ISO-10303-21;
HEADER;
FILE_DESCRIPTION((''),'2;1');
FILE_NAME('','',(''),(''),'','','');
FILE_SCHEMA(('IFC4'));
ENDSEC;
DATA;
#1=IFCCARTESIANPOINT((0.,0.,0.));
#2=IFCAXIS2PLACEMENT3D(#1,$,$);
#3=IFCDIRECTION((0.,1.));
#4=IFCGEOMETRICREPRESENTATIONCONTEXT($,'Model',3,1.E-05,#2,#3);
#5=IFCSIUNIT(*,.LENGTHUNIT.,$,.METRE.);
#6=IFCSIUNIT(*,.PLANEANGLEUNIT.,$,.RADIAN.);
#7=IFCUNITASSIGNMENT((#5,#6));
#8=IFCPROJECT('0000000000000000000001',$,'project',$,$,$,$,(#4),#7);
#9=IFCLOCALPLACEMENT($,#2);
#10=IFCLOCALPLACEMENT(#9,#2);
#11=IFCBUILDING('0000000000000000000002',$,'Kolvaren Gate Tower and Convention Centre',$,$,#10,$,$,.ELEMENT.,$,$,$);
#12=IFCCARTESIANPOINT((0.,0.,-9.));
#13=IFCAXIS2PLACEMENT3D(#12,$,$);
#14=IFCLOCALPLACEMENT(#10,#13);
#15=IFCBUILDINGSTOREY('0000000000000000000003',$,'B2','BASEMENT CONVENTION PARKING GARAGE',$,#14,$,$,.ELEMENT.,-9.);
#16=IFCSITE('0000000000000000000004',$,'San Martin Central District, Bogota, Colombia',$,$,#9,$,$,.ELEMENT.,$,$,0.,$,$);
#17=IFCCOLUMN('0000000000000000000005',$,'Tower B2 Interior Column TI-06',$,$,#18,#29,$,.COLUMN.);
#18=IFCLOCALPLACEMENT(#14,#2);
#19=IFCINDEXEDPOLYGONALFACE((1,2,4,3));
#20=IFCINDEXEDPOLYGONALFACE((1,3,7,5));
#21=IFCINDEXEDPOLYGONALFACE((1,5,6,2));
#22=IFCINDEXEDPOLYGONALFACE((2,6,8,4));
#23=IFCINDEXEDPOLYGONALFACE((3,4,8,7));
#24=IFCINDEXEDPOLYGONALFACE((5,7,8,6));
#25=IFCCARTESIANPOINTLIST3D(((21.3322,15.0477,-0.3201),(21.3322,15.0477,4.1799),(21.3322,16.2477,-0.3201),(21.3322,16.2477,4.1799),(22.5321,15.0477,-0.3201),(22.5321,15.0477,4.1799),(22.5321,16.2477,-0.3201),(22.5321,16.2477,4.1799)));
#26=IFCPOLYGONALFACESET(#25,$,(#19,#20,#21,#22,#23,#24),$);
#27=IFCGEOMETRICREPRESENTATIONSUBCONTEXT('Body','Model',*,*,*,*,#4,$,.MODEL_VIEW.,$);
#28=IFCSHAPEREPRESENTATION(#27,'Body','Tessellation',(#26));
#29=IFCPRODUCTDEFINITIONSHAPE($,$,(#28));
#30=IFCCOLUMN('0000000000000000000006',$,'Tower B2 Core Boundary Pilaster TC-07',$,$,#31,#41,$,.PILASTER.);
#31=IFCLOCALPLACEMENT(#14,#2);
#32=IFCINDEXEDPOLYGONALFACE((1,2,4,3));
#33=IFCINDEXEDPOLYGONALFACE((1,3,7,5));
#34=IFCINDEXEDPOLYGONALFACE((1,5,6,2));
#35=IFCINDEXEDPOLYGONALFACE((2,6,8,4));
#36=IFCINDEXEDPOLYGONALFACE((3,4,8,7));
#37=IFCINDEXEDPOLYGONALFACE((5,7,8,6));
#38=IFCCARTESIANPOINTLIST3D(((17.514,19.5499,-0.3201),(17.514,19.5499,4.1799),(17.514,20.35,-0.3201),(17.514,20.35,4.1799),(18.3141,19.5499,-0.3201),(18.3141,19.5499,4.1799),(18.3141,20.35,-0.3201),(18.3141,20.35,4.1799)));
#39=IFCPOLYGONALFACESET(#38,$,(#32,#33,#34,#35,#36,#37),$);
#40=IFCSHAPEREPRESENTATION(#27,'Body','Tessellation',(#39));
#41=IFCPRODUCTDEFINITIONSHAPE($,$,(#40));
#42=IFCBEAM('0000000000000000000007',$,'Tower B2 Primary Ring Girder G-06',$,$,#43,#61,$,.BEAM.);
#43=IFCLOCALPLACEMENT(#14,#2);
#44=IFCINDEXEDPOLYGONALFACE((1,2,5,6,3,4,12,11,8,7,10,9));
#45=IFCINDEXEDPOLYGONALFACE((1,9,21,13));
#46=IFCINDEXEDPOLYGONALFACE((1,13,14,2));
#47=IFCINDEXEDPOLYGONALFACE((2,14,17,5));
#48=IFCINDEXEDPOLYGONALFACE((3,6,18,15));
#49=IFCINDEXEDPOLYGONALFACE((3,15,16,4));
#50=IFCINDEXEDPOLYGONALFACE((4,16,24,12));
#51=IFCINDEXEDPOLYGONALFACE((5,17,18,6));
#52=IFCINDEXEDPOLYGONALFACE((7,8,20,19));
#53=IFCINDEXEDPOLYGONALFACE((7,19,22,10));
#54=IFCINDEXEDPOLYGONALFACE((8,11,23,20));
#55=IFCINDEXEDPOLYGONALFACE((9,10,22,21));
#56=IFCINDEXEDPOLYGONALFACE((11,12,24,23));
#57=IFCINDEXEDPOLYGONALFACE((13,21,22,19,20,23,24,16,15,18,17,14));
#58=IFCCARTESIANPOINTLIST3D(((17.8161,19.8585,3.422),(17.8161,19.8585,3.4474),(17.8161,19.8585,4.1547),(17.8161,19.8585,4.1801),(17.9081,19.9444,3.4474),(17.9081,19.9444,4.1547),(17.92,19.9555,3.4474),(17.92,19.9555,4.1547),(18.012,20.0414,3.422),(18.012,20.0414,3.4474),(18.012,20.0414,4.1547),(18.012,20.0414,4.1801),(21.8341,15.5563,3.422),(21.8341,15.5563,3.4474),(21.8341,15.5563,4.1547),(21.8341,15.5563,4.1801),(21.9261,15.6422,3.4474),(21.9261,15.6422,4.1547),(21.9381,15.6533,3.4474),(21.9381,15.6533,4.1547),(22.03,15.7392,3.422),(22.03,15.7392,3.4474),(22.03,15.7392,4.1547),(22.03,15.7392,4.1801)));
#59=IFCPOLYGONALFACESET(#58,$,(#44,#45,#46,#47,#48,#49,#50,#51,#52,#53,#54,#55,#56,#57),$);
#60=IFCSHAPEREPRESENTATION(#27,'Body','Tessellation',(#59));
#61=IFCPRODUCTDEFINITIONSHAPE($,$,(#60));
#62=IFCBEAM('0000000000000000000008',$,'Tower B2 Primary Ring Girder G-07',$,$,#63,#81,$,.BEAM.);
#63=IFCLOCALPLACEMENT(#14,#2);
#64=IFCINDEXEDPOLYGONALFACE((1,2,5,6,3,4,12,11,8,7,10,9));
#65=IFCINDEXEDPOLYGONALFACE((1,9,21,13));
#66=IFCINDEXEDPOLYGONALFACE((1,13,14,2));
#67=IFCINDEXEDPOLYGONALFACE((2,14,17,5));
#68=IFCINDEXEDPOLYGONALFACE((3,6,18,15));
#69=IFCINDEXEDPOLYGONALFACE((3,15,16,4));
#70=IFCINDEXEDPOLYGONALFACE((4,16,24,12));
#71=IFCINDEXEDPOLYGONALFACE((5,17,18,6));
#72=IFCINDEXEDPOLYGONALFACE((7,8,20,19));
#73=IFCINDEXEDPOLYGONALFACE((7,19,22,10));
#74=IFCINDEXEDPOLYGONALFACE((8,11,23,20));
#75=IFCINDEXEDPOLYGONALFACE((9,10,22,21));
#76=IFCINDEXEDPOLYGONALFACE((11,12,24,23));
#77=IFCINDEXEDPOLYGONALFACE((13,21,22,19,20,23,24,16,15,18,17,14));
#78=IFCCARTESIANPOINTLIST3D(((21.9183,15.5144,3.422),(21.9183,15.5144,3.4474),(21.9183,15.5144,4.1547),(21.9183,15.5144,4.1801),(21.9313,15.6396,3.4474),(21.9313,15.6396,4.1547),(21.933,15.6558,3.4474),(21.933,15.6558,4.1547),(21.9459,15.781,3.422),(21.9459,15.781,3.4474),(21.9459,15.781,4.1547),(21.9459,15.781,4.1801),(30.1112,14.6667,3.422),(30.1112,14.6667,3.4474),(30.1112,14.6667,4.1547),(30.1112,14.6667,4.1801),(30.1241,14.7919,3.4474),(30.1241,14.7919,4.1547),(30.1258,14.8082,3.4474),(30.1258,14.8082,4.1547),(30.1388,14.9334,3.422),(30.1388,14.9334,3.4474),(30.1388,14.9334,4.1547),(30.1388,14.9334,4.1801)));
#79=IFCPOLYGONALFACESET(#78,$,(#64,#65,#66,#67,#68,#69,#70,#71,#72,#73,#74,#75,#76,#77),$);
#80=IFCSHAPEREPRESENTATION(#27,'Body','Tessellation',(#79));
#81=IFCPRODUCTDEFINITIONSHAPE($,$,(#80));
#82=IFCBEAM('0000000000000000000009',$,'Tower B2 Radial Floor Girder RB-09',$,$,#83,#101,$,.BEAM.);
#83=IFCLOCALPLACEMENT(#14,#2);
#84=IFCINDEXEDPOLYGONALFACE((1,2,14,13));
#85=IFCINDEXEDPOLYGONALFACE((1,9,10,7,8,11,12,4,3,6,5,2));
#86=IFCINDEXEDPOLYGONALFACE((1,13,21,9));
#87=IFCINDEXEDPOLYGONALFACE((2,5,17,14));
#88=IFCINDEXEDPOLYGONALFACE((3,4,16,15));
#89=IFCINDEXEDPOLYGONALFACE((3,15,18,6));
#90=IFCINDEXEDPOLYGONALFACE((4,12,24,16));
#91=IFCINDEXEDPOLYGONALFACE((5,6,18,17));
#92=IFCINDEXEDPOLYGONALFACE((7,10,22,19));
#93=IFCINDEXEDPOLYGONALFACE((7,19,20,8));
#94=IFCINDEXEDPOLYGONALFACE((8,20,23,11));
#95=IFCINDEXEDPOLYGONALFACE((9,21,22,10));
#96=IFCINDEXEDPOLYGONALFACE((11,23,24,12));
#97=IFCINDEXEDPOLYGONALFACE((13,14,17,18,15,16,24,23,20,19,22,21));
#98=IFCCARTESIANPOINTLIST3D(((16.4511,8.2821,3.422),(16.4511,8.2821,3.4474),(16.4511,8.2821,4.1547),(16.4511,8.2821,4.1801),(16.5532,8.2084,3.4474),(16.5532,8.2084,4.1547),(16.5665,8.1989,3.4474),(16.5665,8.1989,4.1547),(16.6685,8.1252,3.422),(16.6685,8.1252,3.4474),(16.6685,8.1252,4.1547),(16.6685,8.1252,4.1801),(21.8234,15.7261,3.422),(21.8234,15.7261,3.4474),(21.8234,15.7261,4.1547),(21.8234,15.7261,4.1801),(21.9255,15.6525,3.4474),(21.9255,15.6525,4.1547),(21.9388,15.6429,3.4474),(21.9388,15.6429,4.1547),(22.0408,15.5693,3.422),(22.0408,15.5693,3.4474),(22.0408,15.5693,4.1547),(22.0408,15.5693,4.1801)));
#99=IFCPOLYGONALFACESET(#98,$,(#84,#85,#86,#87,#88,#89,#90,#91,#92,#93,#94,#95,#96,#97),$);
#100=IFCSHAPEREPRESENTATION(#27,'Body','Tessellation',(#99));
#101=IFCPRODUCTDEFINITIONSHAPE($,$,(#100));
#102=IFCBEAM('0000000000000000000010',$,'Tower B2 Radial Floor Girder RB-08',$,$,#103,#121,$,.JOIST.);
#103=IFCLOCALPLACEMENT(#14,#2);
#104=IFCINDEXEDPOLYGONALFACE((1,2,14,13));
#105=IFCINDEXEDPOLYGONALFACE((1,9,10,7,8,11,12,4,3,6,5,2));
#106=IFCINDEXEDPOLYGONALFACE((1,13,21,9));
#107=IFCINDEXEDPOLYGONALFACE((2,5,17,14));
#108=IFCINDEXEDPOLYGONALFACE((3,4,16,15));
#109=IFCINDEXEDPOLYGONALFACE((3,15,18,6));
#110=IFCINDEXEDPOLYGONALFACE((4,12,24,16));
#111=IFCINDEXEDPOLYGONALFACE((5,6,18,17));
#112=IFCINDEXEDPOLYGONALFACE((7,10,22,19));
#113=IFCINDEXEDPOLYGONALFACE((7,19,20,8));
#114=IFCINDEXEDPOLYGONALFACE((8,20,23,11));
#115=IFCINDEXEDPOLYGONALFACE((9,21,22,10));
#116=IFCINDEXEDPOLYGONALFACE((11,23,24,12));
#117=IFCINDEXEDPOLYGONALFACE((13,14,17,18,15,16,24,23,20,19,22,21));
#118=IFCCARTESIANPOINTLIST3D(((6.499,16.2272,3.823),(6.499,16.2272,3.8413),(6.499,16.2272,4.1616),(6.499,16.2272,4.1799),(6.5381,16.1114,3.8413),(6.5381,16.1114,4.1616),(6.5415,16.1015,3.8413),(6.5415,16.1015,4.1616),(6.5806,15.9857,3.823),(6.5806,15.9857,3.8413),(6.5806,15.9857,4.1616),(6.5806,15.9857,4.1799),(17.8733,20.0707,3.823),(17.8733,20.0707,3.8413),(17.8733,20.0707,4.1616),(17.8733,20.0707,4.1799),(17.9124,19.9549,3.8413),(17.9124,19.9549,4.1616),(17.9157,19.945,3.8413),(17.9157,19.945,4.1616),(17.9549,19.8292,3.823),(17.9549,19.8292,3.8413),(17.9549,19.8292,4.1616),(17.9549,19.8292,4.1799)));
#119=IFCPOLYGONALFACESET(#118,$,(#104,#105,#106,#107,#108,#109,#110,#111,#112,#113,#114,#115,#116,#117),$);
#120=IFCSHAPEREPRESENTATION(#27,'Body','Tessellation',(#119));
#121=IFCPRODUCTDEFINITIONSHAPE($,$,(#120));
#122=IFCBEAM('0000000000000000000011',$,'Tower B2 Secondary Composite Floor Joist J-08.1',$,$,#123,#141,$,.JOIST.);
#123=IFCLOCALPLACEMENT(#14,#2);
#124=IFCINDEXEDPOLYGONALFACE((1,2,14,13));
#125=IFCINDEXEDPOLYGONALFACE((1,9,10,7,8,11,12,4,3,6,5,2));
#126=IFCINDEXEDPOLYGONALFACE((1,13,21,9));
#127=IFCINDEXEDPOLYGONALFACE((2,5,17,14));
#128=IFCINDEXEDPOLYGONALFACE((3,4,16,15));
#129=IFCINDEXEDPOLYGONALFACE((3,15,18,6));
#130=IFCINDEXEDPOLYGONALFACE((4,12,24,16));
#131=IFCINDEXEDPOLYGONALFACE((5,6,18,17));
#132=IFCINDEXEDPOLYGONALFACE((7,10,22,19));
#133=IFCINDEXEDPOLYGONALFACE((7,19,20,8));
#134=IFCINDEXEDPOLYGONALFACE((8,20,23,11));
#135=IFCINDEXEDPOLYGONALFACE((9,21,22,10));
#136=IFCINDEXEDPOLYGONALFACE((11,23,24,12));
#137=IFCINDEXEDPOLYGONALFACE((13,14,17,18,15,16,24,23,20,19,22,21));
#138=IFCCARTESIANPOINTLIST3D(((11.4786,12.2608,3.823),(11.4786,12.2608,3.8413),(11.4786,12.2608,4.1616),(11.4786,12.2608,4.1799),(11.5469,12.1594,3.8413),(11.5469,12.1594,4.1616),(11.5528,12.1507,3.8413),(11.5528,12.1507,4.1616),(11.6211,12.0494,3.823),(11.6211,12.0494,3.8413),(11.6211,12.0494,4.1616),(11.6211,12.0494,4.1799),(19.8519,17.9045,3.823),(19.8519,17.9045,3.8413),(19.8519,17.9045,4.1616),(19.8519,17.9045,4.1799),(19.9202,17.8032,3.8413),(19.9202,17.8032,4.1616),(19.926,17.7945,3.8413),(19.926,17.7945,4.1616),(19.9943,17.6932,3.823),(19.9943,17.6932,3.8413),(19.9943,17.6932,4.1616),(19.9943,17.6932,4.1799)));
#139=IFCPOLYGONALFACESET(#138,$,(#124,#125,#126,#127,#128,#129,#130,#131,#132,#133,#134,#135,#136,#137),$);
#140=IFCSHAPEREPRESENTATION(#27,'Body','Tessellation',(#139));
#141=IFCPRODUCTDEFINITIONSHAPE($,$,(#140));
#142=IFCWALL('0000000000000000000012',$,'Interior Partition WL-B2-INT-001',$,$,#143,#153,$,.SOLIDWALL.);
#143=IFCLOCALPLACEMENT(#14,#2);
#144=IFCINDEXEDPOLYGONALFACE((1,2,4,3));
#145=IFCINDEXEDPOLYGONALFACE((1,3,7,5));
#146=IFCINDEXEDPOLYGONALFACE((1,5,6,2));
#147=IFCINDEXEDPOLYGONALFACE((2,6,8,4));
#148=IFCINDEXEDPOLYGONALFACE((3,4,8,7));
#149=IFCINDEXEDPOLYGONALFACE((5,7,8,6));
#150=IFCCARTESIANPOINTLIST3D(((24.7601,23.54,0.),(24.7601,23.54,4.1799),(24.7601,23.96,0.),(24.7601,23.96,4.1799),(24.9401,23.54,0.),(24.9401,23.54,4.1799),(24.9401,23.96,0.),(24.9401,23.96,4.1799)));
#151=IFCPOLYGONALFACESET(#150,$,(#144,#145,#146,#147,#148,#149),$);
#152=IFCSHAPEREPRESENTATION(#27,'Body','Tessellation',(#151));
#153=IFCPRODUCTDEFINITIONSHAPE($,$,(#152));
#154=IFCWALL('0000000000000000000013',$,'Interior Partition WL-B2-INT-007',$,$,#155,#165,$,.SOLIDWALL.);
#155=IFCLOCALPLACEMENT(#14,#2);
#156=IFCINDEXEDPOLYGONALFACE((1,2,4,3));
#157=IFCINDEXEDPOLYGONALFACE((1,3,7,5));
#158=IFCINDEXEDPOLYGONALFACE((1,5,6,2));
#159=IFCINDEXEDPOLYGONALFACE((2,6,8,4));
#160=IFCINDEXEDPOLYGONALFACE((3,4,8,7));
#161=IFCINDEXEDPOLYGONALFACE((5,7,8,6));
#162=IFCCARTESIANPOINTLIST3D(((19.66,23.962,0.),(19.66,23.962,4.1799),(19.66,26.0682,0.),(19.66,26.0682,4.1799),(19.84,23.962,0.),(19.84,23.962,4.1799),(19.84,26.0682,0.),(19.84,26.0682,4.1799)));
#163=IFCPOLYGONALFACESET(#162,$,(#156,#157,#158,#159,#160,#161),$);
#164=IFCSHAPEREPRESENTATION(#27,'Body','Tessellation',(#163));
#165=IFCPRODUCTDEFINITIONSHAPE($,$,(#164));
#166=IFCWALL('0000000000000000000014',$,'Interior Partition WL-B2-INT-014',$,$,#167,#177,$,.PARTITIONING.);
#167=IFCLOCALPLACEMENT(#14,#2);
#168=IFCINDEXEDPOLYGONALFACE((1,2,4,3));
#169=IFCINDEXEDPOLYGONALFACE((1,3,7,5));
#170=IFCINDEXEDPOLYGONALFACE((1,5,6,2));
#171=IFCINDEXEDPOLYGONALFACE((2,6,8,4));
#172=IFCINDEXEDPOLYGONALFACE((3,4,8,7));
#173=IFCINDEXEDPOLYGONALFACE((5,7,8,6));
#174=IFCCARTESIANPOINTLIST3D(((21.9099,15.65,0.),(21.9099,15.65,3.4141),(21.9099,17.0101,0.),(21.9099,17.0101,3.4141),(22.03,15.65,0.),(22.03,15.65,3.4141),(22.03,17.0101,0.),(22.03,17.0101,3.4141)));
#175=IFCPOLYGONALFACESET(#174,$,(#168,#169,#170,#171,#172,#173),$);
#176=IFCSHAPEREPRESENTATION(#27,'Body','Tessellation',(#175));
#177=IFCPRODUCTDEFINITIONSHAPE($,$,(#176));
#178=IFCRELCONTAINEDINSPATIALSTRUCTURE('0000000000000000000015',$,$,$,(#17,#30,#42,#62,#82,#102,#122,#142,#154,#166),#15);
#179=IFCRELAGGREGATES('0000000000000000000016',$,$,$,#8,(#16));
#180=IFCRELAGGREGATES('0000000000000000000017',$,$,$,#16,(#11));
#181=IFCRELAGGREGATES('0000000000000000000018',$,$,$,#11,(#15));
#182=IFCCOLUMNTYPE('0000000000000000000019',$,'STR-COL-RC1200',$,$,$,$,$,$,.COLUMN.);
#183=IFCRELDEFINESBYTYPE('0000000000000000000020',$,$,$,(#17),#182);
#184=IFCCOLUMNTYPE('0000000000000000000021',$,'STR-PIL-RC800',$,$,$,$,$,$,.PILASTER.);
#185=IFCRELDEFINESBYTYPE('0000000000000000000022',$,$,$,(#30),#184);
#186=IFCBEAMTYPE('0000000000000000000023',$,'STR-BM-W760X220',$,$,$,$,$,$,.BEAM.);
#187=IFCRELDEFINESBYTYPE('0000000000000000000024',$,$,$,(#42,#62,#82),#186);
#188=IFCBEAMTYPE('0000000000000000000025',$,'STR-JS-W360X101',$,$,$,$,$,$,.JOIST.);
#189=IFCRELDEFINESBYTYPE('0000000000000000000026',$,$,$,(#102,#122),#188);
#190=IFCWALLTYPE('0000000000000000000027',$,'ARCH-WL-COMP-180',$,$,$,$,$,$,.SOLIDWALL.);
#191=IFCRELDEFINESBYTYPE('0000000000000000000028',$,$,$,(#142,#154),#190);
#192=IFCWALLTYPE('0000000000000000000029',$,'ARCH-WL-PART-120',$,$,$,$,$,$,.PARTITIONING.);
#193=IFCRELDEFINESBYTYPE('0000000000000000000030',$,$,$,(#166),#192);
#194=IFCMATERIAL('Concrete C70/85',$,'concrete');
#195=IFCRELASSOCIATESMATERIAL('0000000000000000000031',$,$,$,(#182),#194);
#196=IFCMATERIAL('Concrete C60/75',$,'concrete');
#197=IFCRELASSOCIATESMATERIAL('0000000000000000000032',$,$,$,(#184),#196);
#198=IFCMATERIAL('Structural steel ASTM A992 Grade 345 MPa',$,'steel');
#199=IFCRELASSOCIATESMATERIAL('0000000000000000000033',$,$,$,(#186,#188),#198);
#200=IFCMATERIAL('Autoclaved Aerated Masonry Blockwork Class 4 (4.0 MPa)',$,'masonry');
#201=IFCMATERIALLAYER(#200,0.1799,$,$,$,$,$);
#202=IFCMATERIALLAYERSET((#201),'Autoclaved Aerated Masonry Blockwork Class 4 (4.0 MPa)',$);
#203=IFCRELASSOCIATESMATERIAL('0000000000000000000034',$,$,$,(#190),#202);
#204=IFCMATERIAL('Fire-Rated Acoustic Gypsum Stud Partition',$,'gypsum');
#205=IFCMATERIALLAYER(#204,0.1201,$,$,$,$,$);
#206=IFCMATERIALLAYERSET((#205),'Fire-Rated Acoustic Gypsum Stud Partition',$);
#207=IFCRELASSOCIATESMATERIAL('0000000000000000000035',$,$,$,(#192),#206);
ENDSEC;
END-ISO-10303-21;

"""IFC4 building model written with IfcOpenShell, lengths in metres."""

from ifc_helpers import new_model, si_unit, direction, frame, frame_2d, origin, origin_2d, place, context, subcontext, project, spatial, rectangle, i_section, extrude, material, layer, layer_set, material_profile, profile_set, type_object, element, save


model = new_model("IFC4")

# Units and contexts
model_context = context("Model", 3, precision=1e-05, world=origin(), true_north=direction((0.0, 1.0)))
body_context = subcontext(model_context, "Body", "Model", "MODEL_VIEW")
ifc_project = project(units=[si_unit("LENGTHUNIT", "METRE"), si_unit("PLANEANGLEUNIT", "RADIAN")], contexts=[model_context])

# Site, building, storey
site_placement = place(None, origin())
site = spatial("IfcSite", under=ifc_project, at=site_placement, Name="San Martin Central District, Bogota, Colombia", CompositionType="ELEMENT", RefElevation=0.0)
building_placement = place(site_placement, origin())
building = spatial("IfcBuilding", under=site, at=building_placement, Name="Kolvaren Gate Tower and Convention Centre", CompositionType="ELEMENT")
storey_placement = place(building_placement, frame((0.0, 0.0, -9.0)))
storey = spatial("IfcBuildingStorey", under=building, at=storey_placement, Name="B2", Description="BASEMENT CONVENTION PARKING GARAGE", CompositionType="ELEMENT", Elevation=-9.0)

# Columns
ifc_material_1 = material(Name="Concrete C70/85", Category="concrete")
ifc_material_profile_1 = material_profile(ifc_material_1, rectangle(XDim=1.2, YDim=1.2, at=origin_2d()), Name="RC-COL-1200X1200")
ifc_profile_set_1 = profile_set([ifc_material_profile_1], Name="Concrete C70/85")
column_type_1 = type_object("IfcColumnType", Name="STR-COL-RC1200", PredefinedType="COLUMN", material=ifc_profile_set_1)
column_1_placement = place(storey_placement, frame((21.9321, 15.6477, -0.3201), z_axis=(0.0, 0.0, 1.0), x_axis=(1.0, 0.0, 0.0)))
element("IfcColumn", 1, at=column_1_placement, inside=storey, type_object=column_type_1, Name="Tower B2 Interior Column TI-06", PredefinedType="COLUMN", context=body_context, shape_type="SweptSolid", body=[
    extrude(rectangle(XDim=1.2, YDim=1.2, at=origin_2d()), origin(), (0.0, 0.0, 1.0), 4.5),
])
ifc_material_2 = material(Name="Concrete C60/75", Category="concrete")
ifc_material_profile_2 = material_profile(ifc_material_2, rectangle(XDim=0.8, YDim=0.8, at=origin_2d()), Name="RC-COL-800X800")
ifc_profile_set_2 = profile_set([ifc_material_profile_2], Name="Concrete C60/75")
column_type_2 = type_object("IfcColumnType", Name="STR-PIL-RC800", PredefinedType="PILASTER", material=ifc_profile_set_2)
column_2_placement = place(storey_placement, frame((17.9141, 19.95, -0.3201), z_axis=(0.0, 0.0, 1.0), x_axis=(1.0, 0.0, 0.0)))
element("IfcColumn", 2, at=column_2_placement, inside=storey, type_object=column_type_2, Name="Tower B2 Core Boundary Pilaster TC-07", PredefinedType="PILASTER", context=body_context, shape_type="SweptSolid", body=[
    extrude(rectangle(XDim=0.8, YDim=0.8, at=origin_2d()), origin(), (0.0, 0.0, 1.0), 4.5),
])

# Beams
ifc_material_3 = material(Name="Structural steel ASTM A992 Grade 345 MPa", Category="steel")
ifc_material_profile_3 = material_profile(ifc_material_3, i_section(OverallWidth=0.2681, OverallDepth=0.7581, WebThickness=0.0164, FlangeThickness=0.0254, at=origin_2d()), Name="W760X220")
ifc_profile_set_3 = profile_set([ifc_material_profile_3], Name="Structural steel ASTM A992 Grade 345 MPa")
beam_type_1 = type_object("IfcBeamType", Name="STR-BM-W760X220", PredefinedType="BEAM", material=ifc_profile_set_3)
beam_1_placement = place(storey_placement, frame((17.9141, 19.95, 3.801), z_axis=(0.682558, -0.730832, 0.0), x_axis=(0.730832, 0.682558, 0.0)))
element("IfcBeam", 3, at=beam_1_placement, inside=storey, type_object=beam_type_1, Name="Tower B2 Primary Ring Girder G-06", PredefinedType="BEAM", context=body_context, shape_type="SweptSolid", body=[
    extrude(i_section(OverallWidth=0.2681, OverallDepth=0.7581, WebThickness=0.0164, FlangeThickness=0.0254, at=origin_2d()), origin(), (0.0, 0.0, 1.0), 5.8867),
])
beam_2_placement = place(storey_placement, frame((21.9321, 15.6477, 3.801), z_axis=(0.99469, -0.102913, 0.0), x_axis=(0.102913, 0.99469, 0.0)))
element("IfcBeam", 4, at=beam_2_placement, inside=storey, type_object=beam_type_1, Name="Tower B2 Primary Ring Girder G-07", PredefinedType="BEAM", context=body_context, shape_type="SweptSolid", body=[
    extrude(i_section(OverallWidth=0.2681, OverallDepth=0.7581, WebThickness=0.0164, FlangeThickness=0.0254, at=origin_2d()), origin(), (0.0, 0.0, 1.0), 8.2366),
])
beam_3_placement = place(storey_placement, frame((21.9321, 15.6477, 3.801), z_axis=(-0.585206, -0.810885, 0.0), x_axis=(0.810885, -0.585206, 0.0)))
element("IfcBeam", 5, at=beam_3_placement, inside=storey, type_object=beam_type_1, Name="Tower B2 Radial Floor Girder RB-09", PredefinedType="BEAM", context=body_context, shape_type="SweptSolid", body=[
    extrude(i_section(OverallWidth=0.2681, OverallDepth=0.7581, WebThickness=0.0164, FlangeThickness=0.0254, at=origin_2d()), origin(), (0.0, 0.0, 1.0), 9.1802),
])
ifc_material_profile_4 = material_profile(ifc_material_3, i_section(OverallWidth=0.2549, OverallDepth=0.3569, WebThickness=0.0105, FlangeThickness=0.0183, at=origin_2d()), Name="W360X101")
ifc_profile_set_4 = profile_set([ifc_material_profile_4], Name="Structural steel ASTM A992 Grade 345 MPa")
beam_type_2 = type_object("IfcBeamType", Name="STR-JS-W360X101", PredefinedType="JOIST", material=ifc_profile_set_4)
beam_4_placement = place(storey_placement, frame((17.9141, 19.95, 4.0015), z_axis=(-0.947374, -0.320129, 0.0), x_axis=(0.320129, -0.947374, 0.0)))
element("IfcBeam", 6, at=beam_4_placement, inside=storey, type_object=beam_type_2, Name="Tower B2 Radial Floor Girder RB-08", PredefinedType="JOIST", context=body_context, shape_type="SweptSolid", body=[
    extrude(i_section(OverallWidth=0.2549, OverallDepth=0.3569, WebThickness=0.0105, FlangeThickness=0.0183, at=origin_2d()), origin(), (0.0, 0.0, 1.0), 12.0061),
])
beam_5_placement = place(storey_placement, frame((19.9231, 17.7988, 4.0015), z_axis=(-0.829224, -0.558917, 0.0), x_axis=(0.558917, -0.829224, 0.0)))
element("IfcBeam", 7, at=beam_5_placement, inside=storey, type_object=beam_type_2, Name="Tower B2 Secondary Composite Floor Joist J-08.1", PredefinedType="JOIST", context=body_context, shape_type="SweptSolid", body=[
    extrude(i_section(OverallWidth=0.2549, OverallDepth=0.3569, WebThickness=0.0105, FlangeThickness=0.0183, at=origin_2d()), origin(), (0.0, 0.0, 1.0), 10.0977),
])

# Walls
ifc_material_4 = material(Name="Autoclaved Aerated Masonry Blockwork Class 4 (4.0 MPa)", Category="masonry")
ifc_layer_1 = layer(ifc_material_4, 0.1799)
ifc_layer_set_1 = layer_set([ifc_layer_1], Name="Autoclaved Aerated Masonry Blockwork Class 4 (4.0 MPa)")
wall_type_1 = type_object("IfcWallType", Name="ARCH-WL-COMP-180", PredefinedType="SOLIDWALL", material=ifc_layer_set_1)
wall_1_placement = place(storey_placement, frame((24.8501, 23.54, 0.0), z_axis=(0.0, 0.0, 1.0), x_axis=(0.0, 1.0, 0.0)))
element("IfcWall", 8, at=wall_1_placement, inside=storey, type_object=wall_type_1, Name="Interior Partition WL-B2-INT-001", PredefinedType="SOLIDWALL", context=body_context, shape_type="SweptSolid", body=[
    extrude(rectangle(XDim=0.4199, YDim=0.1799, at=frame_2d((0.21, 0.0))), origin(), (0.0, 0.0, 1.0), 4.1799),
])
wall_2_placement = place(storey_placement, frame((19.75, 23.9619, 0.0), z_axis=(0.0, 0.0, 1.0), x_axis=(0.0, 1.0, 0.0)))
element("IfcWall", 9, at=wall_2_placement, inside=storey, type_object=wall_type_1, Name="Interior Partition WL-B2-INT-007", PredefinedType="SOLIDWALL", context=body_context, shape_type="SweptSolid", body=[
    extrude(rectangle(XDim=2.1062, YDim=0.1799, at=frame_2d((1.0532, 0.0))), origin(), (0.0, 0.0, 1.0), 4.1799),
])
ifc_material_5 = material(Name="Fire-Rated Acoustic Gypsum Stud Partition", Category="gypsum")
ifc_layer_2 = layer(ifc_material_5, 0.1201)
ifc_layer_set_2 = layer_set([ifc_layer_2], Name="Fire-Rated Acoustic Gypsum Stud Partition")
wall_type_2 = type_object("IfcWallType", Name="ARCH-WL-PART-120", PredefinedType="PARTITIONING", material=ifc_layer_set_2)
wall_3_placement = place(storey_placement, frame((21.97, 15.6499, 0.0), z_axis=(0.0, 0.0, 1.0), x_axis=(0.0, 1.0, 0.0)))
element("IfcWall", 10, at=wall_3_placement, inside=storey, type_object=wall_type_2, Name="Interior Partition WL-B2-INT-014", PredefinedType="PARTITIONING", context=body_context, shape_type="SweptSolid", body=[
    extrude(rectangle(XDim=1.3601, YDim=0.1201, at=frame_2d((0.6802, 0.0))), origin(), (0.0, 0.0, 1.0), 3.4141),
])

save(model, "model.ifc")
